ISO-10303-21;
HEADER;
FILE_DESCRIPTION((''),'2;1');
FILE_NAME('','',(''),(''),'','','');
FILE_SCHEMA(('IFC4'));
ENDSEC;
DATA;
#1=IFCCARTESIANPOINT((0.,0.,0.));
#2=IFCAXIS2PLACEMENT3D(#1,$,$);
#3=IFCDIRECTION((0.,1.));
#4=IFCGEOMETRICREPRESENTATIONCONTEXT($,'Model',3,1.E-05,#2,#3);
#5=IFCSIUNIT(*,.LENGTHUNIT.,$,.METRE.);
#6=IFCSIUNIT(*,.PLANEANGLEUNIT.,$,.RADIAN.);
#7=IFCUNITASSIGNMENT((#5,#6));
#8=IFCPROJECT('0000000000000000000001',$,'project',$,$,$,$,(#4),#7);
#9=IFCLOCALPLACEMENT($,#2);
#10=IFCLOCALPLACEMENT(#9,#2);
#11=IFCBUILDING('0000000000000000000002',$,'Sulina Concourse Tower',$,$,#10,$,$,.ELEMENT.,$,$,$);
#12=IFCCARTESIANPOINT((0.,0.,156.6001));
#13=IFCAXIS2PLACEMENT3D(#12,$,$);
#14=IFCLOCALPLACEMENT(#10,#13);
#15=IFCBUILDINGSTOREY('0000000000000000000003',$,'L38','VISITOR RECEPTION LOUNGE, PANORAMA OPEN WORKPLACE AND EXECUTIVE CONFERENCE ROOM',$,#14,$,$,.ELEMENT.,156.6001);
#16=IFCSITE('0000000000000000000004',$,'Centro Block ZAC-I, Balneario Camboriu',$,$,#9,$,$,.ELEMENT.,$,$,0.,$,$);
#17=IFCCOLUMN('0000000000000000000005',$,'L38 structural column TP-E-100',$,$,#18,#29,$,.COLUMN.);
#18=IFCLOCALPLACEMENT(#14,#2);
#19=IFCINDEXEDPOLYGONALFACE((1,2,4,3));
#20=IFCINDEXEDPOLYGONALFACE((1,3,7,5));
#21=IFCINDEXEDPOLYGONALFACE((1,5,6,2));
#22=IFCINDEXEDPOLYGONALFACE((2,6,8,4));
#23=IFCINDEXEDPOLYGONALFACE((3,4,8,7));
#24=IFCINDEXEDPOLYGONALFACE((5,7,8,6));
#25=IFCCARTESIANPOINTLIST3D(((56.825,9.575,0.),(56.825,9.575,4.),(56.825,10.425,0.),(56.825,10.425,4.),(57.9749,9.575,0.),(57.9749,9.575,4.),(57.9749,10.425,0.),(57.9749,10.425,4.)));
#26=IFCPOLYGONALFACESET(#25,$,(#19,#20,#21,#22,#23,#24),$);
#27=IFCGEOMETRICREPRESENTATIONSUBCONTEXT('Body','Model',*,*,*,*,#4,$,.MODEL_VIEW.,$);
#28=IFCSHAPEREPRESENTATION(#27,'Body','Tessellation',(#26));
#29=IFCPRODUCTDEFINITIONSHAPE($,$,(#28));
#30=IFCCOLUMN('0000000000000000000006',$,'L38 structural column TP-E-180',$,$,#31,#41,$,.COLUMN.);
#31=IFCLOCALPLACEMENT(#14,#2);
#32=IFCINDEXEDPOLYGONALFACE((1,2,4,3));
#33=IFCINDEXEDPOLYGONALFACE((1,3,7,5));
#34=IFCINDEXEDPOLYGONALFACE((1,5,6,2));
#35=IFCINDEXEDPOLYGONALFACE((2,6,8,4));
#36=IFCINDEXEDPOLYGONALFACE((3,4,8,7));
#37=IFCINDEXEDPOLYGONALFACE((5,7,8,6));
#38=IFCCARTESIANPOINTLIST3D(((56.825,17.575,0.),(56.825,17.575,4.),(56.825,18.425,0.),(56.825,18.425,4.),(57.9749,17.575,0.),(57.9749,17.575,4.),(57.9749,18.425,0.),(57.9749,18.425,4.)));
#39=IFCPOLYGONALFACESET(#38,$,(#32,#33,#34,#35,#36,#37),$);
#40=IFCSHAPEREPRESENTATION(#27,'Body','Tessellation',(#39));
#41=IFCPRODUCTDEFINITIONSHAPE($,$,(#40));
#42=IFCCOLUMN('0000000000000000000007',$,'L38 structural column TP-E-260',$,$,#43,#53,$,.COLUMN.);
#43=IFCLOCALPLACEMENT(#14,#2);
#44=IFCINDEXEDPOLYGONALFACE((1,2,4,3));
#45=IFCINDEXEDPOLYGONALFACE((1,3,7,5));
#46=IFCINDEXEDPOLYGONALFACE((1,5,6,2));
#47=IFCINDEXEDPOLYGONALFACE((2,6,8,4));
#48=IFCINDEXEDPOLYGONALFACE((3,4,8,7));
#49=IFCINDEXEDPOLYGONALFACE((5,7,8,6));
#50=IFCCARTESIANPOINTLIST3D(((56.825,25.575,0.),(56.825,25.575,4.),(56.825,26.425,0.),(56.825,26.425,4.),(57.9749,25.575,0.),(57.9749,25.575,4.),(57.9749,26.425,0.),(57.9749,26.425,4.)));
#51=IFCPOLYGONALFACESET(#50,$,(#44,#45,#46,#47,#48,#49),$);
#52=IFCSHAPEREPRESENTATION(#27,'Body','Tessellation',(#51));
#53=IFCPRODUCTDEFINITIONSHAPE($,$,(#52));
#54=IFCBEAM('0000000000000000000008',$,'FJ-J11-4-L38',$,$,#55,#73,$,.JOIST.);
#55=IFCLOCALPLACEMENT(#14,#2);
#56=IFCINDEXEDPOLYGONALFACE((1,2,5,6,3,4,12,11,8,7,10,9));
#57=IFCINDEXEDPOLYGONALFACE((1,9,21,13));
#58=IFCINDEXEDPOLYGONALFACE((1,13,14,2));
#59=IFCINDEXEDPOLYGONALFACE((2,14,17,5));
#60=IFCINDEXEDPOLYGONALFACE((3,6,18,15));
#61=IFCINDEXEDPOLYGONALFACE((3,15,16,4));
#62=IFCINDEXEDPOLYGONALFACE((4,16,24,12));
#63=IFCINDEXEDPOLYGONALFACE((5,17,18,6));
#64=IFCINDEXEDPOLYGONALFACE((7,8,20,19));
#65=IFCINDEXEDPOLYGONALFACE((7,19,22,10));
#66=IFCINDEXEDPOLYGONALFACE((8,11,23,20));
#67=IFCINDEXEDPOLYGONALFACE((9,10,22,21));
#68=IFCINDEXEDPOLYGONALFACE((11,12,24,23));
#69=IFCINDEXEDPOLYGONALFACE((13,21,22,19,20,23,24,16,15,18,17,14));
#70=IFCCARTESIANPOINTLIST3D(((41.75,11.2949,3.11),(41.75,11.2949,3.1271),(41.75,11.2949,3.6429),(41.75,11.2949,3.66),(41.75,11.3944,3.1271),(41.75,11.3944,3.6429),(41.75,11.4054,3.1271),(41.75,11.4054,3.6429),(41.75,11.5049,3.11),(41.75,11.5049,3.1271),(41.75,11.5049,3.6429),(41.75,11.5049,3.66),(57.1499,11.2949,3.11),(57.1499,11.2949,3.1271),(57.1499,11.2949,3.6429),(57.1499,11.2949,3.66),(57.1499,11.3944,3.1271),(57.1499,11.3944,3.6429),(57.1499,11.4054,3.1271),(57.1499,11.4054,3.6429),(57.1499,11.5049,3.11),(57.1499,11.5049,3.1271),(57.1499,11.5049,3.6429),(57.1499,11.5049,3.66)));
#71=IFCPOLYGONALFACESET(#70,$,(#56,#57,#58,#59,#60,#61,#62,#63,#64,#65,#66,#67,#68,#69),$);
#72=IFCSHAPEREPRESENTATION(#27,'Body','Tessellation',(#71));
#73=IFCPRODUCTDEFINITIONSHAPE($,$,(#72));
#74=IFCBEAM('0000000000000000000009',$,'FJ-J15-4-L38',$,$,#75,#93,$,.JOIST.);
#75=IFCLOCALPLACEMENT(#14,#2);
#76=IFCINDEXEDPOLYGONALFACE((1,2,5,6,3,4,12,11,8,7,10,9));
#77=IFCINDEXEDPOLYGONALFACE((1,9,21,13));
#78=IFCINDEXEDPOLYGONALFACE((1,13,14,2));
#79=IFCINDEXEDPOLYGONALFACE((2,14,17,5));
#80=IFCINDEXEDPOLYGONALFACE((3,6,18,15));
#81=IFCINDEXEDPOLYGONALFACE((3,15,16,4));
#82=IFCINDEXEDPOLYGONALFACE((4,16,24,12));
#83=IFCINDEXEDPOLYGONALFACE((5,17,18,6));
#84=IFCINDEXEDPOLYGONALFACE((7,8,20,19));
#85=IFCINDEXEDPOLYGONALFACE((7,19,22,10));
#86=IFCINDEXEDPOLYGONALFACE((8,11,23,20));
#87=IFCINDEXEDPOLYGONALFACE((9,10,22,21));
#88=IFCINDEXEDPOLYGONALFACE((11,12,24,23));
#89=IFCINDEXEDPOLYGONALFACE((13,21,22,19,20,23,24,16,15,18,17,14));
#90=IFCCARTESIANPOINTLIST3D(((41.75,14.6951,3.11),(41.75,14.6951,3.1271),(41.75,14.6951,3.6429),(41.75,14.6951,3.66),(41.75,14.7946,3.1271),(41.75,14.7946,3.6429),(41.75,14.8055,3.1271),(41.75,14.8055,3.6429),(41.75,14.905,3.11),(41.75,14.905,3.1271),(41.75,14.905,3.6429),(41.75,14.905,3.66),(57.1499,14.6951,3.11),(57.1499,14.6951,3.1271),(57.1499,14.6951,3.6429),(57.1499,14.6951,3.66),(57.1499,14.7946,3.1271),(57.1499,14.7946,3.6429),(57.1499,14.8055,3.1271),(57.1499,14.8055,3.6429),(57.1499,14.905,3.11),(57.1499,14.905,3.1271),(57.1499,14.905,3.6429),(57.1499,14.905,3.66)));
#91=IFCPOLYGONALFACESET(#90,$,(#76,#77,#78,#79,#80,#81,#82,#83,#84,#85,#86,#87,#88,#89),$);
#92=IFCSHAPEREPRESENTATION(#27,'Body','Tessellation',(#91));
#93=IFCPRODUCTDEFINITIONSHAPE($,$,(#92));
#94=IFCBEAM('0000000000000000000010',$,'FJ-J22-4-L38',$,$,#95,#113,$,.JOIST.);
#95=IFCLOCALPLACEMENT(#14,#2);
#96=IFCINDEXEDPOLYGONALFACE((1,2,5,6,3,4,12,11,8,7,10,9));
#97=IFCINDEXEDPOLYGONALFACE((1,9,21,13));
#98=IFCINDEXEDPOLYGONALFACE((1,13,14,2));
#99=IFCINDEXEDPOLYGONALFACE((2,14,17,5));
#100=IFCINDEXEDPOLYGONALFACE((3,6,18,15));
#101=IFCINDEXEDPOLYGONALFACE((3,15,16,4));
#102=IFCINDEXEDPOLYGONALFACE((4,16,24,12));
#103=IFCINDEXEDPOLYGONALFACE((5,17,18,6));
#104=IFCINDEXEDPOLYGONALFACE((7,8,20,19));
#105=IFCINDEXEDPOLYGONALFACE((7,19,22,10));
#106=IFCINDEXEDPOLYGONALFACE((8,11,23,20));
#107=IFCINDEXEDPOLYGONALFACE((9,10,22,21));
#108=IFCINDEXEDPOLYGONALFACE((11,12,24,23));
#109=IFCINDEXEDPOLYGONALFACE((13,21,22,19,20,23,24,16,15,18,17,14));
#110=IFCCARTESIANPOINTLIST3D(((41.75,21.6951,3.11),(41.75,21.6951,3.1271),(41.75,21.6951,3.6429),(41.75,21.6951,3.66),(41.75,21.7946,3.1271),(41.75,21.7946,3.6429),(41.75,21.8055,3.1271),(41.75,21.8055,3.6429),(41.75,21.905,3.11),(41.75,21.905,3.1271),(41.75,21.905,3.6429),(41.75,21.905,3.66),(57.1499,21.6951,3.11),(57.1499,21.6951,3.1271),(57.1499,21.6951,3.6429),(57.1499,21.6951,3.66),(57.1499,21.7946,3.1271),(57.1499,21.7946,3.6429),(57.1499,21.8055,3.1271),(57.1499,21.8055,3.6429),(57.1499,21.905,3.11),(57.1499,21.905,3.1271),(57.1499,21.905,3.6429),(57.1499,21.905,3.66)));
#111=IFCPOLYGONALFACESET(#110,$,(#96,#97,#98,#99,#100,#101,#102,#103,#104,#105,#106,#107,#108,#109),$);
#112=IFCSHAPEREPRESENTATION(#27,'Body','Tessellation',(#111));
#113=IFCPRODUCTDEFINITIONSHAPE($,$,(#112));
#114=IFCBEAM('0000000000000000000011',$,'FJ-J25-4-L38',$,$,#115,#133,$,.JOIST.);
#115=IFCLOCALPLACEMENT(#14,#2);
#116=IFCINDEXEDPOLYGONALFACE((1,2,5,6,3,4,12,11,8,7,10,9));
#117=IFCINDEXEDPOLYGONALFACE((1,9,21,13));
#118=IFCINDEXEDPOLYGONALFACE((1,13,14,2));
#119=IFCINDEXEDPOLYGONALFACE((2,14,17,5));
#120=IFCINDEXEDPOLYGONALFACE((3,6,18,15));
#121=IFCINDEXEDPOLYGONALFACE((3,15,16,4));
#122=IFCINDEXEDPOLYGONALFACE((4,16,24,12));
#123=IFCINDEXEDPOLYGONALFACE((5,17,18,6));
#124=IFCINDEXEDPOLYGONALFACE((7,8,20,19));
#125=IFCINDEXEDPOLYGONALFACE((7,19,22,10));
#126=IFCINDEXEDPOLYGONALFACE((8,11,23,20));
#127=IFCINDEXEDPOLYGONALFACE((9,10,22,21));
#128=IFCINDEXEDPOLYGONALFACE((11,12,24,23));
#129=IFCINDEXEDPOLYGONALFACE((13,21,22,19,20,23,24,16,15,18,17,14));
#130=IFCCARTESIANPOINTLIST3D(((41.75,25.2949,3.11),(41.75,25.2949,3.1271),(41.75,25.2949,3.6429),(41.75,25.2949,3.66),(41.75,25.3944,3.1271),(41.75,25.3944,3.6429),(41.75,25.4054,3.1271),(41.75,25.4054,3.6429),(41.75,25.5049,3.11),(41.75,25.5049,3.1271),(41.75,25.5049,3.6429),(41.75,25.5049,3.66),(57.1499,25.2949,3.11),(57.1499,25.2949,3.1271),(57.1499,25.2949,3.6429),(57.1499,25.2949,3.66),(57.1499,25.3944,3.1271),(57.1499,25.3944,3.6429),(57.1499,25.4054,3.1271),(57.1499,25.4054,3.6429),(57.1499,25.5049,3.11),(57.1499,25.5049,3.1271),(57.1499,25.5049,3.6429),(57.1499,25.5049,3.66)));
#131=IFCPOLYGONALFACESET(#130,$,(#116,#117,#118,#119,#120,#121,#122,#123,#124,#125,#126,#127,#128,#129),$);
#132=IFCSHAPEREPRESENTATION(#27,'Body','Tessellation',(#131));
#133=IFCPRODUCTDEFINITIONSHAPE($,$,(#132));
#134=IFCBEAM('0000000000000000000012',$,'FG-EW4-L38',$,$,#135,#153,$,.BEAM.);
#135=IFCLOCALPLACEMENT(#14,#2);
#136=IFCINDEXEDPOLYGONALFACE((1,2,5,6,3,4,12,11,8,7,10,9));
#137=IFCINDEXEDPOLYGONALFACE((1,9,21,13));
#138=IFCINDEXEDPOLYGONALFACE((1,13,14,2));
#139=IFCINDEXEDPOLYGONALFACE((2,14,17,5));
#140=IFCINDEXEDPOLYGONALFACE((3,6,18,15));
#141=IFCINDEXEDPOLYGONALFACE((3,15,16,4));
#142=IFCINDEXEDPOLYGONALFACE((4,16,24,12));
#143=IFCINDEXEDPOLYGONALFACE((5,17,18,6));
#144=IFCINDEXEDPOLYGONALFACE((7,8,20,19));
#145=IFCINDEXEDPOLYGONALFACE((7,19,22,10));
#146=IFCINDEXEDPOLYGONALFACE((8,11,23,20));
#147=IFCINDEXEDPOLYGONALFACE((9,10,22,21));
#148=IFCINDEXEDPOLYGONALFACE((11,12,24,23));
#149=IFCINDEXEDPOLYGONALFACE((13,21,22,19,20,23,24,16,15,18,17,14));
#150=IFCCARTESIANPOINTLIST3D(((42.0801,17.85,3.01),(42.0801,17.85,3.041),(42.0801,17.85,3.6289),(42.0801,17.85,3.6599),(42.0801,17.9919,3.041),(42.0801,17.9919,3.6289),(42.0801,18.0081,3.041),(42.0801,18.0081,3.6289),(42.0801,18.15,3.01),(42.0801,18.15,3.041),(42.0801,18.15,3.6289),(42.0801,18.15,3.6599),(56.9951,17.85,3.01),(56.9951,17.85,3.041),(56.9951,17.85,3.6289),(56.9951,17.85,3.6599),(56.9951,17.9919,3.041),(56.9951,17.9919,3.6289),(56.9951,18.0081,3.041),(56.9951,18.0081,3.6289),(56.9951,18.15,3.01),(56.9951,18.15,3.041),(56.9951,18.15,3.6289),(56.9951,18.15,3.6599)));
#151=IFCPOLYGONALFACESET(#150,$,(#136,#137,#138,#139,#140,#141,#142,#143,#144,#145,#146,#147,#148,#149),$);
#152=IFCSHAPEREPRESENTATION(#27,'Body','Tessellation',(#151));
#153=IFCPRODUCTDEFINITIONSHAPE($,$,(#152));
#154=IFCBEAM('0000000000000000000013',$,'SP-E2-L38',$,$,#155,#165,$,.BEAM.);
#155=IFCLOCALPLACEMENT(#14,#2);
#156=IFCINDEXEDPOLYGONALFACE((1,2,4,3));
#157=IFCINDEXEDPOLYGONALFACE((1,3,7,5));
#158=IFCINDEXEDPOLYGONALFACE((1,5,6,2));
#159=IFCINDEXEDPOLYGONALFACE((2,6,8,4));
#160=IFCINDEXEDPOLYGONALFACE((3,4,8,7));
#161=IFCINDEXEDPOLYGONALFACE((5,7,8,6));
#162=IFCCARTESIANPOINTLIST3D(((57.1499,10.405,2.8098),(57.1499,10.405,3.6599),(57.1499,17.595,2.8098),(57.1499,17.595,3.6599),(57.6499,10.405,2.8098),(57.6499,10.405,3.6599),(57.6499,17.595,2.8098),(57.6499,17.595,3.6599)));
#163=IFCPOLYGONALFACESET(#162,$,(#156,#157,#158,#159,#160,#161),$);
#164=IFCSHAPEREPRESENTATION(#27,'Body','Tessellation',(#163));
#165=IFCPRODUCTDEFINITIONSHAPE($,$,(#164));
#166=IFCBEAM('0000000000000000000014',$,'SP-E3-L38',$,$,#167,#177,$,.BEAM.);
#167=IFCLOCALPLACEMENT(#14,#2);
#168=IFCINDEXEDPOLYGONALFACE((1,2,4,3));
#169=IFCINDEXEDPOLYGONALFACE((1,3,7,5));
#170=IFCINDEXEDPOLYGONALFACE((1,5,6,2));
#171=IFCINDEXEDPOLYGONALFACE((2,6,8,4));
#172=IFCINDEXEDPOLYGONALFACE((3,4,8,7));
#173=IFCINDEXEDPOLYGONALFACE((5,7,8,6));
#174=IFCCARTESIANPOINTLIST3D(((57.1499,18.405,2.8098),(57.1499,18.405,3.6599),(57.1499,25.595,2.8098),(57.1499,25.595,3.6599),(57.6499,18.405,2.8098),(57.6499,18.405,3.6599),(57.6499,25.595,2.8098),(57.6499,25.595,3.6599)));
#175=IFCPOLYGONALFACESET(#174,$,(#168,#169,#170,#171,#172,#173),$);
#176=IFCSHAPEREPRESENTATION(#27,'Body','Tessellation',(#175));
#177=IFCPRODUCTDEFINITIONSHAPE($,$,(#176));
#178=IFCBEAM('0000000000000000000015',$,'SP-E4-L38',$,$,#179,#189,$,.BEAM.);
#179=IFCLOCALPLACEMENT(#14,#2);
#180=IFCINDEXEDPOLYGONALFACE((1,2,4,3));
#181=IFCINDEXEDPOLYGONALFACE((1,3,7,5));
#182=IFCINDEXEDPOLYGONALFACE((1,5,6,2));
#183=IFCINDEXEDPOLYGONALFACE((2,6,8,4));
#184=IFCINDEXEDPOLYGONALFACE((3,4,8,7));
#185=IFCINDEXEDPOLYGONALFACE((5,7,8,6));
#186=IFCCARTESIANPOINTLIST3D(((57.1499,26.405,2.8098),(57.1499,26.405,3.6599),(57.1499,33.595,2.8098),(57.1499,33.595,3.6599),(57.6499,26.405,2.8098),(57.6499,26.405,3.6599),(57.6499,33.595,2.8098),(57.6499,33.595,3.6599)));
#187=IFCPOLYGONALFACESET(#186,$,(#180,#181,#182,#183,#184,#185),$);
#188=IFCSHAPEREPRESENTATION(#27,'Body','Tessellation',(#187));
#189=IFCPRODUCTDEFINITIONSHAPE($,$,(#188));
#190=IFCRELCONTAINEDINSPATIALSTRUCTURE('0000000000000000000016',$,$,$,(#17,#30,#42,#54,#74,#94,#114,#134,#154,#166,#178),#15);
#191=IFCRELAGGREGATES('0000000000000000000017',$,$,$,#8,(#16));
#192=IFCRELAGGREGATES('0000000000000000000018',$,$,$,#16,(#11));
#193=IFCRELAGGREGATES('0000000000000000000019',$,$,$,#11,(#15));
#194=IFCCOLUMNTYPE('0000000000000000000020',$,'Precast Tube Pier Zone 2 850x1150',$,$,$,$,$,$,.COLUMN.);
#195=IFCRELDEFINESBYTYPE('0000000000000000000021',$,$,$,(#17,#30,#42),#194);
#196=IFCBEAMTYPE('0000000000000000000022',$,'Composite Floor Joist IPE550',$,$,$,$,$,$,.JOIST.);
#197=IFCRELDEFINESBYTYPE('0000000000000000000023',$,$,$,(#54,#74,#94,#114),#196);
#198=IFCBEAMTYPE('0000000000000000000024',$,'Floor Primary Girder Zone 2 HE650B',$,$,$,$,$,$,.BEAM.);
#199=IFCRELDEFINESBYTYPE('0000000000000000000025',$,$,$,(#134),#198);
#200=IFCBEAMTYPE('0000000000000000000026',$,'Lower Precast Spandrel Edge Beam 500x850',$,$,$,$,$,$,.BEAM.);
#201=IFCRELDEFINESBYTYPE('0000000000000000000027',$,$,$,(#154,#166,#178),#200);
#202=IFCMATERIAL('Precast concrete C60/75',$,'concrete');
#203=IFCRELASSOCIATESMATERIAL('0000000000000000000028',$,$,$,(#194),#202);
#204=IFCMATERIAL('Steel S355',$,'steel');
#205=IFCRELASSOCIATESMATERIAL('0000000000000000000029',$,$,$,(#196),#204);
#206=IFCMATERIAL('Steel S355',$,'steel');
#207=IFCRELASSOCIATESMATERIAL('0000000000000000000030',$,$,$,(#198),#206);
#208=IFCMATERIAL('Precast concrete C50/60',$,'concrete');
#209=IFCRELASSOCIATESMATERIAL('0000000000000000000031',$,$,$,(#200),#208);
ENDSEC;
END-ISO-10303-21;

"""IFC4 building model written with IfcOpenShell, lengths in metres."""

from ifc_helpers import new_model, si_unit, direction, frame, origin, origin_2d, place, context, subcontext, project, spatial, rectangle, i_section, extrude, material, material_profile, profile_set, type_object, element, save


model = new_model("IFC4")

# Units and contexts
model_context = context("Model", 3, precision=1e-05, world=origin(), true_north=direction((0.0, 1.0)))
body_context = subcontext(model_context, "Body", "Model", "MODEL_VIEW")
ifc_project = project(units=[si_unit("LENGTHUNIT", "METRE"), si_unit("PLANEANGLEUNIT", "RADIAN")], contexts=[model_context])

# Site, building, storey
site_placement = place(None, origin())
site = spatial("IfcSite", under=ifc_project, at=site_placement, Name="Centro Block ZAC-I, Balneario Camboriu", CompositionType="ELEMENT", RefElevation=0.0)
building_placement = place(site_placement, origin())
building = spatial("IfcBuilding", under=site, at=building_placement, Name="Sulina Concourse Tower", CompositionType="ELEMENT")
storey_placement = place(building_placement, frame((0.0, 0.0, 156.6001)))
storey = spatial("IfcBuildingStorey", under=building, at=storey_placement, Name="L38", Description="VISITOR RECEPTION LOUNGE, PANORAMA OPEN WORKPLACE AND EXECUTIVE CONFERENCE ROOM", CompositionType="ELEMENT", Elevation=156.6001)

# Columns
ifc_material_1 = material(Name="Precast concrete C60/75", Category="concrete")
ifc_material_profile_1 = material_profile(ifc_material_1, rectangle(XDim=0.8501, YDim=1.1499, at=origin_2d()), Name="PC 850x1150")
ifc_profile_set_1 = profile_set([ifc_material_profile_1], Name="Precast concrete C60/75")
column_type = type_object("IfcColumnType", Name="Precast Tube Pier Zone 2 850x1150", PredefinedType="COLUMN", material=ifc_profile_set_1)
for number, where, z_axis, x_axis, name in (
    (1, (57.3999, 10.0, 0.0), (0.0, 0.0, 1.0), (0.0, 1.0, 0.0), "L38 structural column TP-E-100"),
    (2, (57.3999, 18.0, 0.0), (0.0, 0.0, 1.0), (0.0, 1.0, 0.0), "L38 structural column TP-E-180"),
    (3, (57.3999, 26.0, 0.0), (0.0, 0.0, 1.0), (0.0, 1.0, 0.0), "L38 structural column TP-E-260"),
):
    element("IfcColumn", number, at=place(storey_placement, frame(where, z_axis=z_axis, x_axis=x_axis)), inside=storey, type_object=column_type, Name=name, PredefinedType="COLUMN", context=body_context, shape_type="SweptSolid", body=[
        extrude(rectangle(XDim=0.8501, YDim=1.1499, at=origin_2d()), origin(), (0.0, 0.0, 1.0), 4.0),
    ])

# Beams
ifc_material_2 = material(Name="Steel S355", Category="steel")
ifc_material_profile_2 = material_profile(ifc_material_2, i_section(OverallWidth=0.21, OverallDepth=0.55, WebThickness=0.011, FlangeThickness=0.0171, at=origin_2d()), Name="IPE 550")
ifc_profile_set_2 = profile_set([ifc_material_profile_2], Name="Steel S355")
beam_type_1 = type_object("IfcBeamType", Name="Composite Floor Joist IPE550", PredefinedType="JOIST", material=ifc_profile_set_2)
for number, where, z_axis, x_axis, name in (
    (4, (41.75, 11.3999, 3.385), (1.0, 0.0, 0.0), (0.0, 1.0, 0.0), "FJ-J11-4-L38"),
    (5, (41.75, 14.8, 3.385), (1.0, 0.0, 0.0), (0.0, 1.0, 0.0), "FJ-J15-4-L38"),
    (6, (41.75, 21.8, 3.385), (1.0, 0.0, 0.0), (0.0, 1.0, 0.0), "FJ-J22-4-L38"),
    (7, (41.75, 25.3999, 3.385), (1.0, 0.0, 0.0), (0.0, 1.0, 0.0), "FJ-J25-4-L38"),
):
    element("IfcBeam", number, at=place(storey_placement, frame(where, z_axis=z_axis, x_axis=x_axis)), inside=storey, type_object=beam_type_1, Name=name, PredefinedType="JOIST", context=body_context, shape_type="SweptSolid", body=[
        extrude(i_section(OverallWidth=0.21, OverallDepth=0.55, WebThickness=0.011, FlangeThickness=0.0171, at=origin_2d()), origin(), (0.0, 0.0, 1.0), 15.3999),
    ])
ifc_material_3 = material(Name="Steel S355", Category="steel")
ifc_material_profile_3 = material_profile(ifc_material_3, i_section(OverallWidth=0.3, OverallDepth=0.6499, WebThickness=0.0161, FlangeThickness=0.031, at=origin_2d()), Name="HE 650 B")
ifc_profile_set_3 = profile_set([ifc_material_profile_3], Name="Steel S355")
beam_type_2 = type_object("IfcBeamType", Name="Floor Primary Girder Zone 2 HE650B", PredefinedType="BEAM", material=ifc_profile_set_3)
beam_placement = place(storey_placement, frame((42.0801, 18.0, 3.335), z_axis=(1.0, 0.0, 0.0), x_axis=(0.0, 1.0, 0.0)))
element("IfcBeam", 8, at=beam_placement, inside=storey, type_object=beam_type_2, Name="FG-EW4-L38", PredefinedType="BEAM", context=body_context, shape_type="SweptSolid", body=[
    extrude(i_section(OverallWidth=0.3, OverallDepth=0.6499, WebThickness=0.0161, FlangeThickness=0.031, at=origin_2d()), origin(), (0.0, 0.0, 1.0), 14.915),
])
ifc_material_4 = material(Name="Precast concrete C50/60", Category="concrete")
ifc_material_profile_4 = material_profile(ifc_material_4, rectangle(XDim=0.5, YDim=0.8501, at=origin_2d()), Name="RC 500x850")
ifc_profile_set_4 = profile_set([ifc_material_profile_4], Name="Precast concrete C50/60")
beam_type_3 = type_object("IfcBeamType", Name="Lower Precast Spandrel Edge Beam 500x850", PredefinedType="BEAM", material=ifc_profile_set_4)
for number, where, z_axis, x_axis, name in (
    (9, (57.3999, 10.405, 3.2349), (0.0, 1.0, 0.0), (-1.0, 0.0, 0.0), "SP-E2-L38"),
    (10, (57.3999, 18.405, 3.2349), (0.0, 1.0, 0.0), (-1.0, 0.0, 0.0), "SP-E3-L38"),
    (11, (57.3999, 26.405, 3.2349), (0.0, 1.0, 0.0), (-1.0, 0.0, 0.0), "SP-E4-L38"),
):
    element("IfcBeam", number, at=place(storey_placement, frame(where, z_axis=z_axis, x_axis=x_axis)), inside=storey, type_object=beam_type_3, Name=name, PredefinedType="BEAM", context=body_context, shape_type="SweptSolid", body=[
        extrude(rectangle(XDim=0.5, YDim=0.8501, at=origin_2d()), origin(), (0.0, 0.0, 1.0), 7.1899),
    ])

save(model, "model.ifc")
